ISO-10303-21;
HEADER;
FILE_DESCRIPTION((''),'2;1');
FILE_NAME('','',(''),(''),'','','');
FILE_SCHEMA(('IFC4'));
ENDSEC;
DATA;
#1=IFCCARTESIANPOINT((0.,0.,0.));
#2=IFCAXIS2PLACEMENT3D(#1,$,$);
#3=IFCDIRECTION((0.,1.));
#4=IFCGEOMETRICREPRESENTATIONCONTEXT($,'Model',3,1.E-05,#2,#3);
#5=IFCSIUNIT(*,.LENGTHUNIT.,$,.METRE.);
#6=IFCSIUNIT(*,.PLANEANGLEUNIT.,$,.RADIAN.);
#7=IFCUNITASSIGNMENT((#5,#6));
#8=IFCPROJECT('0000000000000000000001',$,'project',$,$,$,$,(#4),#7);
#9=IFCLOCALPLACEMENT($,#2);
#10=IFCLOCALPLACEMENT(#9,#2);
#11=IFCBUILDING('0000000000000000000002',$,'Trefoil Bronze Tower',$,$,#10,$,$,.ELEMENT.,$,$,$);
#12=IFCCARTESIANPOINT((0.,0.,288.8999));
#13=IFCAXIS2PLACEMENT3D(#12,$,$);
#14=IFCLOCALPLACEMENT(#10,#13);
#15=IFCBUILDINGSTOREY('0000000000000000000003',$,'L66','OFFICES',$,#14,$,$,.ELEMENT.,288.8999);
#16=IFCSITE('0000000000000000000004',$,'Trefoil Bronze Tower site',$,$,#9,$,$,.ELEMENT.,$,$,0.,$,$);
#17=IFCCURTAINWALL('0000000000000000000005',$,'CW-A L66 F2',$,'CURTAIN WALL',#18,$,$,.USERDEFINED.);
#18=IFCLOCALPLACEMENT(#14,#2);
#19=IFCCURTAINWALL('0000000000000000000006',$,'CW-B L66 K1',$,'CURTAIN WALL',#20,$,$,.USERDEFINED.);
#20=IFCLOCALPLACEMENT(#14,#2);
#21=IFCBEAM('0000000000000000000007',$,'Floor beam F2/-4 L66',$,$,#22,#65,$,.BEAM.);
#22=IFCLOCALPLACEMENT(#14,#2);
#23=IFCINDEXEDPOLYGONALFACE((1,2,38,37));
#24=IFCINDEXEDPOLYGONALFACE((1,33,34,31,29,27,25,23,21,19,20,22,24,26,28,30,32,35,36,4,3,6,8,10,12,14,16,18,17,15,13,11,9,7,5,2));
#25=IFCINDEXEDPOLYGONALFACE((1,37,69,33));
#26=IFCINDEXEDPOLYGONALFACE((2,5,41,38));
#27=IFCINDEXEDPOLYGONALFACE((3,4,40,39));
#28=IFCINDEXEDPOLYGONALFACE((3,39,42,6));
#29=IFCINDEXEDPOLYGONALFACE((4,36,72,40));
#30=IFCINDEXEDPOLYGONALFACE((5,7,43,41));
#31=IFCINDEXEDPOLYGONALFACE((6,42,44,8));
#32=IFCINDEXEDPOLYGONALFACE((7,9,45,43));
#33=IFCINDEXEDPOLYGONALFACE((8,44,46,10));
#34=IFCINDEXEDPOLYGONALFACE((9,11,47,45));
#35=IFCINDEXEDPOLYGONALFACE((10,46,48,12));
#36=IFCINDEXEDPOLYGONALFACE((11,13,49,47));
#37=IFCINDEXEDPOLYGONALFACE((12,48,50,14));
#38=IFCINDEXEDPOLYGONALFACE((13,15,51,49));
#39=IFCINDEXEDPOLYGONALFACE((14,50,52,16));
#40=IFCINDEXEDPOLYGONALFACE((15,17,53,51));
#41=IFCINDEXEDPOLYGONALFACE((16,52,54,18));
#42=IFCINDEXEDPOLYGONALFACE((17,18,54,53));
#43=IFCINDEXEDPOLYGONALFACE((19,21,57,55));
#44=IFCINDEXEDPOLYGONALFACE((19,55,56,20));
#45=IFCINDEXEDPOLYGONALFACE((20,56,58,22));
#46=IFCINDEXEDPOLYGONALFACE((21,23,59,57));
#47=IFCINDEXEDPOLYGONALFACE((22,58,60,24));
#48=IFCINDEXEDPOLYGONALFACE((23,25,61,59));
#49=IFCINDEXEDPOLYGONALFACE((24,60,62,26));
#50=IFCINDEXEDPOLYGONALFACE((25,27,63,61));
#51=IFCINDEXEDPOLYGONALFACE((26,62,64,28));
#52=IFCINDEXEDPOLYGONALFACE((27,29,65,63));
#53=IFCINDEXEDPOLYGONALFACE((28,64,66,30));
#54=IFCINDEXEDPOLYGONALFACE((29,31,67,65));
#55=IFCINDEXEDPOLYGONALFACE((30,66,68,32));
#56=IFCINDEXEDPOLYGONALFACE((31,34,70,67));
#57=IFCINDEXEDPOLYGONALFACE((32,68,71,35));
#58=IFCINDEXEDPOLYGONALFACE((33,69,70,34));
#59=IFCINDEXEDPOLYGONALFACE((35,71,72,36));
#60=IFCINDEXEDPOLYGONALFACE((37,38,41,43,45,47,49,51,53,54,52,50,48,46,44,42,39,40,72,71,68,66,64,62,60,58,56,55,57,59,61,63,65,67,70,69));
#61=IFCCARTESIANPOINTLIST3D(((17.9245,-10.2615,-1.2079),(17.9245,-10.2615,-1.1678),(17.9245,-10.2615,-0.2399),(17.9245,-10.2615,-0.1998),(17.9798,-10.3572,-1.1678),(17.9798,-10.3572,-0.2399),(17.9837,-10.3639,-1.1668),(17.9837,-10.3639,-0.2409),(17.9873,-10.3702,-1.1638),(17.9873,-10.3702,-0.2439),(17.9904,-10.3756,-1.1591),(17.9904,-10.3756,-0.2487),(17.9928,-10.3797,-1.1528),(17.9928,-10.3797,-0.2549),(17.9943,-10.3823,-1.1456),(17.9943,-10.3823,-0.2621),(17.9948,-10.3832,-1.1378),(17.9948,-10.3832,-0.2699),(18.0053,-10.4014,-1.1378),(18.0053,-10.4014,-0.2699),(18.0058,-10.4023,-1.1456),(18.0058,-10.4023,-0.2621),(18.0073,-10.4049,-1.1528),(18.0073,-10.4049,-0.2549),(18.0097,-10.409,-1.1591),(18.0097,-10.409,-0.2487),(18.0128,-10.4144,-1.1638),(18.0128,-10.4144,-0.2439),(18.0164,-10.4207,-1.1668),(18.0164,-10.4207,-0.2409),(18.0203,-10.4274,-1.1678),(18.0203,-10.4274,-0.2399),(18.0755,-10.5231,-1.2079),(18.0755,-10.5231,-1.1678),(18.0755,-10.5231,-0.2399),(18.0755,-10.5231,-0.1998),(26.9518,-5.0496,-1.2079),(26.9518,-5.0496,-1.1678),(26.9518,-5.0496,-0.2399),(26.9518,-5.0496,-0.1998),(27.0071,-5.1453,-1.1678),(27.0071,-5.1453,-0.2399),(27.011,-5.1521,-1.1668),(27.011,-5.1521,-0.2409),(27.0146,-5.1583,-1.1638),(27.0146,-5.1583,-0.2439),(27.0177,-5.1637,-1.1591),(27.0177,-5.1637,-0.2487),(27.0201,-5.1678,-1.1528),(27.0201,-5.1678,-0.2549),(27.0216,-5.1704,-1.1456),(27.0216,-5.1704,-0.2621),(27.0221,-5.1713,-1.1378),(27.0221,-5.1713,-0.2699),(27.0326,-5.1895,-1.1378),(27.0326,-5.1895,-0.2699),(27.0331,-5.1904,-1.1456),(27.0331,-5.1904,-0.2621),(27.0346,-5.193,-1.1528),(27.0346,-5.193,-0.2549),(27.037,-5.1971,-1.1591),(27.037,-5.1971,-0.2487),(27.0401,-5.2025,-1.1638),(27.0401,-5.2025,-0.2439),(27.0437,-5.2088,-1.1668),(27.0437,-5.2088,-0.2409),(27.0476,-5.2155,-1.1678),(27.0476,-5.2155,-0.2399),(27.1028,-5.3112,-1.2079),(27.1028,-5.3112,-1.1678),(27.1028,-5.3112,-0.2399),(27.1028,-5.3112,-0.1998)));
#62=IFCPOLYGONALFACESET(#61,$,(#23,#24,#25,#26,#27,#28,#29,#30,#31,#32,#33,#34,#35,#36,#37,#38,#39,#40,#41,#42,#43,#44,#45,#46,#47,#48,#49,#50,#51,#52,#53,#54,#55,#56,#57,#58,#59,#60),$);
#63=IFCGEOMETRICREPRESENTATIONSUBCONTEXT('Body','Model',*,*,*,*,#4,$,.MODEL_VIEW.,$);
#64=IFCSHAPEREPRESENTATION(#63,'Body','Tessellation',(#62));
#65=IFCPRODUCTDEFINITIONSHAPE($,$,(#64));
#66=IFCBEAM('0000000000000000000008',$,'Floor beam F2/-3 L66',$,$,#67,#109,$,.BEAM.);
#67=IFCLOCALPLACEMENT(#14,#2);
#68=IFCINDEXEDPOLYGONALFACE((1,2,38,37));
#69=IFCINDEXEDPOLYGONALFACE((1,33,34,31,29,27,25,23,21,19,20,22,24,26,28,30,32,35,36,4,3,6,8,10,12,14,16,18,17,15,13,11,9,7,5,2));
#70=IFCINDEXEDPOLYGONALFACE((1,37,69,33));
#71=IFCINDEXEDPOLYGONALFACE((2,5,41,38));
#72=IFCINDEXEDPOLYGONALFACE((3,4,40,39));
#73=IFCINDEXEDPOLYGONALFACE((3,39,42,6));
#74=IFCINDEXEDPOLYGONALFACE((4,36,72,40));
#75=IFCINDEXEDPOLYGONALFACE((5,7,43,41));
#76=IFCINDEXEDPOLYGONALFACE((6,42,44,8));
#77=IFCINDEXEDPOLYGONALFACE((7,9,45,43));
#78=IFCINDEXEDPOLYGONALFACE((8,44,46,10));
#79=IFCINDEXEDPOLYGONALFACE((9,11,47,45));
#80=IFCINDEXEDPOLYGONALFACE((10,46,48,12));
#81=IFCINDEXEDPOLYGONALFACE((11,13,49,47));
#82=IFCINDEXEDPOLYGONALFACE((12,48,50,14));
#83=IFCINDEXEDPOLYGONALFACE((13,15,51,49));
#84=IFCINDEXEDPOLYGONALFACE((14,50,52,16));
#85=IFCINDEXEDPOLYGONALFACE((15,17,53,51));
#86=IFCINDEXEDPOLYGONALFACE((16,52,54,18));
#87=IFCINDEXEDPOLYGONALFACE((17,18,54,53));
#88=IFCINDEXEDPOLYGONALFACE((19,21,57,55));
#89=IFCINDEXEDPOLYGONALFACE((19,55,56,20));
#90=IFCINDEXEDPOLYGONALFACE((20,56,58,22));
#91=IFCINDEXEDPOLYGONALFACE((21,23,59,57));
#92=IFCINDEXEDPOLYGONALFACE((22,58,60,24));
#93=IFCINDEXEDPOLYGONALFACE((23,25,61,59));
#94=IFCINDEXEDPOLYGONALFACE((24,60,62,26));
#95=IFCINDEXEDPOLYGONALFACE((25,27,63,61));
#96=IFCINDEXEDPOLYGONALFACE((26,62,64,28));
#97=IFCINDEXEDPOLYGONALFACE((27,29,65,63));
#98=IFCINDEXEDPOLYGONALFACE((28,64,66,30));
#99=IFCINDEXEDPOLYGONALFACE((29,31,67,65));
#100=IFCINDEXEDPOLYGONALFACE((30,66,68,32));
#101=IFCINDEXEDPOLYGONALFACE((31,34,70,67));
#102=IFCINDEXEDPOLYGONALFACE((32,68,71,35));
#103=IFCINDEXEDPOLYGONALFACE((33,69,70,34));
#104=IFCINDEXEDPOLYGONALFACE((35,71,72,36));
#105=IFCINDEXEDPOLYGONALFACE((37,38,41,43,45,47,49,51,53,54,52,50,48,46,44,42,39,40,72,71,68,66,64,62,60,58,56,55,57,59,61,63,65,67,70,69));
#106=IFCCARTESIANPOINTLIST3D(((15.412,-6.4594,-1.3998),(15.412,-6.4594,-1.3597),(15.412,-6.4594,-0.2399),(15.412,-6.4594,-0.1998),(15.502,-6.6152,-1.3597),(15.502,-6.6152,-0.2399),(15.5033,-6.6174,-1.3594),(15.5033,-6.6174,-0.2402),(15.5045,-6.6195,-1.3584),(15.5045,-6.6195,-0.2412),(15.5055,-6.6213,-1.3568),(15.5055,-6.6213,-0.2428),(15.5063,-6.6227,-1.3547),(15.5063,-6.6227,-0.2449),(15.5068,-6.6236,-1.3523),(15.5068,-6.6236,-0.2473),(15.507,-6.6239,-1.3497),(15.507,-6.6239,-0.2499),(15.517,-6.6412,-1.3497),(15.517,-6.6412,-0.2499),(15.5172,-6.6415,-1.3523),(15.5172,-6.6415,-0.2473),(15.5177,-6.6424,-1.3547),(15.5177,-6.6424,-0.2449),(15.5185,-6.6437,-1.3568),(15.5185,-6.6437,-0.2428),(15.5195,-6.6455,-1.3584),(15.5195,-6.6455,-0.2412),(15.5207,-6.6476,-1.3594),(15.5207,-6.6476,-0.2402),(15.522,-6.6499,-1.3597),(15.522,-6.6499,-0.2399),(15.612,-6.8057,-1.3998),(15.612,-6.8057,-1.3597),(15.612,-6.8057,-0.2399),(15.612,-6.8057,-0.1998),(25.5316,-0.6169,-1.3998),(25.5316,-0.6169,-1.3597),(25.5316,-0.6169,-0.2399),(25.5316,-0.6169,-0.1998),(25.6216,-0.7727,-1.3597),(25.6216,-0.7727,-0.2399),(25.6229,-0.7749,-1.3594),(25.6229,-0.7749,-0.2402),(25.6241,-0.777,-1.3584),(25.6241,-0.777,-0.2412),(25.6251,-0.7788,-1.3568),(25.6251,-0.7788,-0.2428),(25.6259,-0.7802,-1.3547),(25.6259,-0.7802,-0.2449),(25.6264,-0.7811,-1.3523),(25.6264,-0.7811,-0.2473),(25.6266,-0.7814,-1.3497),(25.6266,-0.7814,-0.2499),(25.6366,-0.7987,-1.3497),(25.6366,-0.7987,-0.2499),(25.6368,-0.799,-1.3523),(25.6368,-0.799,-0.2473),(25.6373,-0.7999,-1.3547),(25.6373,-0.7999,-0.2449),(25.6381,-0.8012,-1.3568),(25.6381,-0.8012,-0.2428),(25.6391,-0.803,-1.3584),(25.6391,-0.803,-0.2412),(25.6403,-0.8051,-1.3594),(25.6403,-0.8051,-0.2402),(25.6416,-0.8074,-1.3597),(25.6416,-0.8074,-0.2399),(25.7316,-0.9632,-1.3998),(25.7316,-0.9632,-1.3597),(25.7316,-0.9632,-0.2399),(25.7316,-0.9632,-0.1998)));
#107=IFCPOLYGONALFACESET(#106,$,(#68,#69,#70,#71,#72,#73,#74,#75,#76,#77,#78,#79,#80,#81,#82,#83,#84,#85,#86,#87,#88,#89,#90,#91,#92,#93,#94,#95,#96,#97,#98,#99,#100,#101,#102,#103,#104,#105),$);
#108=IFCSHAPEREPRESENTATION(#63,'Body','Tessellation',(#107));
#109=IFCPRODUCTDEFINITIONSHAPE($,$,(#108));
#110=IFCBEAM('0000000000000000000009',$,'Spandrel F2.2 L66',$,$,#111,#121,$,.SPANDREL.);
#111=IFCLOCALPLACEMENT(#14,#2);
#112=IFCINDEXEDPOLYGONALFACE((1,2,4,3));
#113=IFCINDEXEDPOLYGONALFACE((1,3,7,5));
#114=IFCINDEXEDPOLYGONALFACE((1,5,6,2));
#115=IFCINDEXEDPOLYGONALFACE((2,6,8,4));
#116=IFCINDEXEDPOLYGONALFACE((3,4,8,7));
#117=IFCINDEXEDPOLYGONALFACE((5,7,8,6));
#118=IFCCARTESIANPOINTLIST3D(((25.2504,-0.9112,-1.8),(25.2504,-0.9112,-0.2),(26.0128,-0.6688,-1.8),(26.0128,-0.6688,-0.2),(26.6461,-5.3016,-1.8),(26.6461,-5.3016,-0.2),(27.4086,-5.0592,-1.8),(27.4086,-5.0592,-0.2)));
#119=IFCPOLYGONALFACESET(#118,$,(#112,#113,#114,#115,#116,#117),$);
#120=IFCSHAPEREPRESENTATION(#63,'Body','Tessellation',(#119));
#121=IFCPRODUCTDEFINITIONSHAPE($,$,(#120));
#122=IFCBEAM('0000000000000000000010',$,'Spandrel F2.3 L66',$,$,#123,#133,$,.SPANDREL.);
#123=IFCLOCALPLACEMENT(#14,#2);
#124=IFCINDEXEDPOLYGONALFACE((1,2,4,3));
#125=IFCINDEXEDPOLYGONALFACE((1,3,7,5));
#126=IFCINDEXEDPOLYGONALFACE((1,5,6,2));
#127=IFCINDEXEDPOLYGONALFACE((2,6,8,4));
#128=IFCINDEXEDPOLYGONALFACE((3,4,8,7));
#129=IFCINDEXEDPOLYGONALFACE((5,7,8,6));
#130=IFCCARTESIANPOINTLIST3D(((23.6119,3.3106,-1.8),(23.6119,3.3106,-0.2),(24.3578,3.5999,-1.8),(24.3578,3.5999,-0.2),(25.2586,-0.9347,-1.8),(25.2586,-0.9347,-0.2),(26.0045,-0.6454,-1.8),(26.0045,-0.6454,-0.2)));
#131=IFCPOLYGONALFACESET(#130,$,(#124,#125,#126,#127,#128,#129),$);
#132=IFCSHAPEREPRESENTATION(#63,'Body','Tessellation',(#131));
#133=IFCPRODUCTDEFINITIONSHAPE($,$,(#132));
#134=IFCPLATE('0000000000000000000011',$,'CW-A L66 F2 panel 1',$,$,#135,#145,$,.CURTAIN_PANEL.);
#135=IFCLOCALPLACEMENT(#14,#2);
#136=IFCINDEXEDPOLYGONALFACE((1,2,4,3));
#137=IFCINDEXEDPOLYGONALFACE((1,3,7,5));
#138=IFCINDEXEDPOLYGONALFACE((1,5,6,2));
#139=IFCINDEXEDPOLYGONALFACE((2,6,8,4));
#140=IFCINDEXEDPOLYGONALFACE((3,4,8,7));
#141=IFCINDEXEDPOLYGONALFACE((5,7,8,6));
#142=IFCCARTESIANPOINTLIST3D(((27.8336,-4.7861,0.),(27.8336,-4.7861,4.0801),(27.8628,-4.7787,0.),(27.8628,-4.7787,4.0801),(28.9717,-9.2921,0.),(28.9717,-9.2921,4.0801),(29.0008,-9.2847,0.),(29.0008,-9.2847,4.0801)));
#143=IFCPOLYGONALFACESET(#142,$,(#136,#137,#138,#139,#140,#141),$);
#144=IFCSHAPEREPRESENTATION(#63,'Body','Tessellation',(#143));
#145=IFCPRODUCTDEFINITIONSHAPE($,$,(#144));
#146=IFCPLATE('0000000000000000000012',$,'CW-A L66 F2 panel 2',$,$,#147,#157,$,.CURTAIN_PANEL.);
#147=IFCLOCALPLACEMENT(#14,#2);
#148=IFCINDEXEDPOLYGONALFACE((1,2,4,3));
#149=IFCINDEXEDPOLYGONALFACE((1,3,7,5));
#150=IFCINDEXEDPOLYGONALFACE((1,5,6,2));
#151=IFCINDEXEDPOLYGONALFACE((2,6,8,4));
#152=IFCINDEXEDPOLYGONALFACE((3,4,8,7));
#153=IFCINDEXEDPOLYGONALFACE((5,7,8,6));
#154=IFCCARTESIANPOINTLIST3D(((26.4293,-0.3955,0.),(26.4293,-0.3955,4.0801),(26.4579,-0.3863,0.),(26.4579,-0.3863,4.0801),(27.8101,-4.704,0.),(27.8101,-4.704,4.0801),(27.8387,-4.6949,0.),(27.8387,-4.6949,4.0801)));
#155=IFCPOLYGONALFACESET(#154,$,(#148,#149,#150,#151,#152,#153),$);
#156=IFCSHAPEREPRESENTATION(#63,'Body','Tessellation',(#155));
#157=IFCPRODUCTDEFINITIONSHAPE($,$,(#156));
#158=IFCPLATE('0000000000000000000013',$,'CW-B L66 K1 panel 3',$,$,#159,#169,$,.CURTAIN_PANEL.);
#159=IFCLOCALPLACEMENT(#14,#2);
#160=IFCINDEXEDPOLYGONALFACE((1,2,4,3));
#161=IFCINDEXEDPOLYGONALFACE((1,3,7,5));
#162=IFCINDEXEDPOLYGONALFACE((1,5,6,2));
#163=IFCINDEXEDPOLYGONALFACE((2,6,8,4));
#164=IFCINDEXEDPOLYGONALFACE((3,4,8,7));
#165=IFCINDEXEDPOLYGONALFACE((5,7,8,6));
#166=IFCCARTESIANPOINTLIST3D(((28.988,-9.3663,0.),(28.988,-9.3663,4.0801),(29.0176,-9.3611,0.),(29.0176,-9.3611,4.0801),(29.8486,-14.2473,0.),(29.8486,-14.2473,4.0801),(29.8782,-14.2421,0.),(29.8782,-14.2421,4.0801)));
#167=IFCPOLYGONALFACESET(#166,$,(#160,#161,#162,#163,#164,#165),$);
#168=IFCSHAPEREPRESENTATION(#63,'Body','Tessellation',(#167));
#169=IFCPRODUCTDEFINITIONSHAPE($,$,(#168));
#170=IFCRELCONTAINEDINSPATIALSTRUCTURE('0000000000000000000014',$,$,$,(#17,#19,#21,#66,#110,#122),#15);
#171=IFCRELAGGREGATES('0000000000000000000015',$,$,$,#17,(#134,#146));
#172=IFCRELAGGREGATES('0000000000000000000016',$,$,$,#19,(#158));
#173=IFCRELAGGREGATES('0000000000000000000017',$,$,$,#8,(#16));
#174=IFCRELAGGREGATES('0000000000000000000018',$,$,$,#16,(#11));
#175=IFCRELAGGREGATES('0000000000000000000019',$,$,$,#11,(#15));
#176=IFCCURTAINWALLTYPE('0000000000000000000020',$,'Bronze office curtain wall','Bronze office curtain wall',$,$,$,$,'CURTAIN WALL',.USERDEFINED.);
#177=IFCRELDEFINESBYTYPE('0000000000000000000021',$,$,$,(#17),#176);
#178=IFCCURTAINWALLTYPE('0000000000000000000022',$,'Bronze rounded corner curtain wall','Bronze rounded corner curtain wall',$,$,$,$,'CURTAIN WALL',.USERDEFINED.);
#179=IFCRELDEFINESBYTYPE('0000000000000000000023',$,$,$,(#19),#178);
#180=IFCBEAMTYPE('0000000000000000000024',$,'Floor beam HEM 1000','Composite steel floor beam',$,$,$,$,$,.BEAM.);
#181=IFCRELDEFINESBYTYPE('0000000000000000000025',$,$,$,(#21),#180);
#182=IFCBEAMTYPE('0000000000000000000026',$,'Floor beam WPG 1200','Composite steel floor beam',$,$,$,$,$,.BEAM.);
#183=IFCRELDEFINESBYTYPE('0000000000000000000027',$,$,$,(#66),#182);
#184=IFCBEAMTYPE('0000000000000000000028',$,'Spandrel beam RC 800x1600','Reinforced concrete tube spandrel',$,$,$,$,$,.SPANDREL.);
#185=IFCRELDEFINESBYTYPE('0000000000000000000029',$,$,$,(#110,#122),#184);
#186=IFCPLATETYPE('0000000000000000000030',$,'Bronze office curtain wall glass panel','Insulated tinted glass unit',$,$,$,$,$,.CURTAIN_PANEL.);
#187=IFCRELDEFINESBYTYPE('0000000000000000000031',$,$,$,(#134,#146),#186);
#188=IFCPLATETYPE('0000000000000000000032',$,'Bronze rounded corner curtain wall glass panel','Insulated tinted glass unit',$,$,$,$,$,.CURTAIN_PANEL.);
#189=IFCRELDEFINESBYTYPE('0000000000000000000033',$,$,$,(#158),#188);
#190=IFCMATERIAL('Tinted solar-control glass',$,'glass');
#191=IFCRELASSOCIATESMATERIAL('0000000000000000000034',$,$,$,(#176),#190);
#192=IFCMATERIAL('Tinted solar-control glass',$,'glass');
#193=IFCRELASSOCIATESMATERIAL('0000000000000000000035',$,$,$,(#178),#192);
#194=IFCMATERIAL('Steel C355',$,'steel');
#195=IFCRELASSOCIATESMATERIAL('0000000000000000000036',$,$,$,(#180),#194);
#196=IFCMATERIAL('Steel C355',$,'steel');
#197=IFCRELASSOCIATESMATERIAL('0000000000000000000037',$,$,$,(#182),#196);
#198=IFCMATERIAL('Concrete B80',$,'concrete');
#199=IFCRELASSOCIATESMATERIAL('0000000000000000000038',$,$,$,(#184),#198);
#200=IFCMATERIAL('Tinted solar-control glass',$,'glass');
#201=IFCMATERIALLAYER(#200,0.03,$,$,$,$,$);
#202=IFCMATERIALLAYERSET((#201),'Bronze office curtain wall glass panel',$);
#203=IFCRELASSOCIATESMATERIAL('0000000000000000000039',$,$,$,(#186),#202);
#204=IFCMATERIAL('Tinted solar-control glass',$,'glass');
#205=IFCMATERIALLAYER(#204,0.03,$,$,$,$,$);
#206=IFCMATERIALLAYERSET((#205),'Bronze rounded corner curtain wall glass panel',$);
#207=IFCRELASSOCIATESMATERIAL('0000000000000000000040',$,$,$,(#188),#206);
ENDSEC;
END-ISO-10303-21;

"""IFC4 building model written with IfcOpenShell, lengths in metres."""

from ifc_helpers import new_model, si_unit, direction, frame, origin, origin_2d, place, context, subcontext, project, spatial, rectangle, i_section, extrude, material, layer, layer_set, material_profile, profile_set, type_object, element, aggregate, save


model = new_model("IFC4")

# Units and contexts
model_context = context("Model", 3, precision=1e-05, world=origin(), true_north=direction((0.0, 1.0)))
body_context = subcontext(model_context, "Body", "Model", "MODEL_VIEW")
ifc_project = project(units=[si_unit("LENGTHUNIT", "METRE"), si_unit("PLANEANGLEUNIT", "RADIAN")], contexts=[model_context])

# Site, building, storey
site_placement = place(None, origin())
site = spatial("IfcSite", under=ifc_project, at=site_placement, Name="Trefoil Bronze Tower site", CompositionType="ELEMENT", RefElevation=0.0)
building_placement = place(site_placement, origin())
building = spatial("IfcBuilding", under=site, at=building_placement, Name="Trefoil Bronze Tower", CompositionType="ELEMENT")
storey_placement = place(building_placement, frame((0.0, 0.0, 288.8999)))
storey = spatial("IfcBuildingStorey", under=building, at=storey_placement, Name="L66", Description="OFFICES", CompositionType="ELEMENT", Elevation=288.8999)

# Curtain walls
ifc_material_1 = material(Name="Tinted solar-control glass", Category="glass")
curtain_wall_type_1 = type_object("IfcCurtainWallType", Name="Bronze office curtain wall", Description="Bronze office curtain wall", ElementType="CURTAIN WALL", PredefinedType="USERDEFINED", material=ifc_material_1)
curtain_wall_1_placement = place(storey_placement, origin())
curtain_wall_1 = element("IfcCurtainWall", 1, at=curtain_wall_1_placement, inside=storey, type_object=curtain_wall_type_1, Name="CW-A L66 F2", ObjectType="CURTAIN WALL", PredefinedType="USERDEFINED")
ifc_material_2 = material(Name="Tinted solar-control glass", Category="glass")
curtain_wall_type_2 = type_object("IfcCurtainWallType", Name="Bronze rounded corner curtain wall", Description="Bronze rounded corner curtain wall", ElementType="CURTAIN WALL", PredefinedType="USERDEFINED", material=ifc_material_2)
curtain_wall_2_placement = place(storey_placement, origin())
curtain_wall_2 = element("IfcCurtainWall", 2, at=curtain_wall_2_placement, inside=storey, type_object=curtain_wall_type_2, Name="CW-B L66 K1", ObjectType="CURTAIN WALL", PredefinedType="USERDEFINED")

# Beams
ifc_material_3 = material(Name="Steel C355", Category="steel")
ifc_material_profile_1 = material_profile(ifc_material_3, i_section(OverallWidth=0.302, OverallDepth=1.0081, WebThickness=0.021, FlangeThickness=0.04, FilletRadius=0.03, at=origin_2d()), Name="HEM 1000")
ifc_profile_set_1 = profile_set([ifc_material_profile_1], Name="Steel C355")
beam_type_1 = type_object("IfcBeamType", Name="Floor beam HEM 1000", Description="Composite steel floor beam", PredefinedType="BEAM", material=ifc_profile_set_1)
beam_1_placement = place(storey_placement, frame((27.0273, -5.1804, -0.7039), z_axis=(-0.866026, -0.499998, 0.0), x_axis=(0.499998, -0.866026, 0.0)))
element("IfcBeam", 3, at=beam_1_placement, inside=storey, type_object=beam_type_1, Name="Floor beam F2/-4 L66", PredefinedType="BEAM", context=body_context, shape_type="SweptSolid", body=[
    extrude(i_section(OverallWidth=0.302, OverallDepth=1.0081, WebThickness=0.021, FlangeThickness=0.04, FilletRadius=0.03, at=origin_2d()), origin(), (0.0, 0.0, 1.0), 10.4238),
])
ifc_material_4 = material(Name="Steel C355", Category="steel")
ifc_material_profile_2 = material_profile(ifc_material_4, i_section(OverallWidth=0.3999, OverallDepth=1.2, WebThickness=0.02, FlangeThickness=0.04, FilletRadius=0.01, at=origin_2d()), Name="WPG 1200")
ifc_profile_set_2 = profile_set([ifc_material_profile_2], Name="Steel C355")
beam_type_2 = type_object("IfcBeamType", Name="Floor beam WPG 1200", Description="Composite steel floor beam", PredefinedType="BEAM", material=ifc_profile_set_2)
beam_2_placement = place(storey_placement, frame((25.6316, -0.79, -0.7998), z_axis=(-0.866027, -0.499997, 0.0), x_axis=(0.499997, -0.866027, 0.0)))
element("IfcBeam", 4, at=beam_2_placement, inside=storey, type_object=beam_type_2, Name="Floor beam F2/-3 L66", PredefinedType="BEAM", context=body_context, shape_type="SweptSolid", body=[
    extrude(i_section(OverallWidth=0.3999, OverallDepth=1.2, WebThickness=0.02, FlangeThickness=0.04, FilletRadius=0.01, at=origin_2d()), origin(), (0.0, 0.0, 1.0), 11.6851),
])
ifc_material_5 = material(Name="Concrete B80", Category="concrete")
ifc_material_profile_3 = material_profile(ifc_material_5, rectangle(XDim=0.8, YDim=1.6001, at=origin_2d()), Name="RC 800x1600")
ifc_profile_set_3 = profile_set([ifc_material_profile_3], Name="Concrete B80")
beam_type_3 = type_object("IfcBeamType", Name="Spandrel beam RC 800x1600", Description="Reinforced concrete tube spandrel", PredefinedType="SPANDREL", material=ifc_profile_set_3)
beam_3_placement = place(storey_placement, frame((27.0273, -5.1804, -1.0), z_axis=(-0.30297, 0.953, 0.0), x_axis=(-0.953, -0.30297, 0.0)))
element("IfcBeam", 5, at=beam_3_placement, inside=storey, type_object=beam_type_3, Name="Spandrel F2.2 L66", PredefinedType="SPANDREL", context=body_context, shape_type="SweptSolid", body=[
    extrude(rectangle(XDim=0.8, YDim=1.6001, at=origin_2d()), origin(), (0.0, 0.0, 1.0), 4.6069),
])
beam_4_placement = place(storey_placement, frame((25.6316, -0.79, -1.0), z_axis=(-0.361636, 0.932319, 0.0), x_axis=(-0.932319, -0.361636, 0.0)))
element("IfcBeam", 6, at=beam_4_placement, inside=storey, type_object=beam_type_3, Name="Spandrel F2.3 L66", PredefinedType="SPANDREL", context=body_context, shape_type="SweptSolid", body=[
    extrude(rectangle(XDim=0.8, YDim=1.6001, at=origin_2d()), origin(), (0.0, 0.0, 1.0), 4.5535),
])

# Plates
ifc_material_6 = material(Name="Tinted solar-control glass", Category="glass")
ifc_layer_1 = layer(ifc_material_6, 0.03)
ifc_layer_set_1 = layer_set([ifc_layer_1], Name="Bronze office curtain wall glass panel")
plate_type_1 = type_object("IfcPlateType", Name="Bronze office curtain wall glass panel", Description="Insulated tinted glass unit", PredefinedType="CURTAIN_PANEL", material=ifc_layer_set_1)
plate_1_placement = place(storey_placement, frame((28.4172, -7.0354, 0.0), z_axis=(0.0, 0.0, 1.0), x_axis=(-0.24488, 0.969554, 0.0)))
plate_1 = element("IfcPlate", 7, at=plate_1_placement, type_object=plate_type_1, Name="CW-A L66 F2 panel 1", PredefinedType="CURTAIN_PANEL", context=body_context, shape_type="SweptSolid", body=[
    extrude(rectangle(XDim=4.6475, YDim=0.03, at=origin_2d()), origin(), (0.0, 0.0, 1.0), 4.0801),
])
plate_2_placement = place(storey_placement, frame((27.134, -2.5452, 0.0), z_axis=(0.0, 0.0, 1.0), x_axis=(-0.305188, 0.952292, 0.0)))
plate_2 = element("IfcPlate", 8, at=plate_2_placement, type_object=plate_type_1, Name="CW-A L66 F2 panel 2", PredefinedType="CURTAIN_PANEL", context=body_context, shape_type="SweptSolid", body=[
    extrude(rectangle(XDim=4.5244, YDim=0.03, at=origin_2d()), origin(), (0.0, 0.0, 1.0), 4.0801),
])
aggregate(curtain_wall_1, [plate_1, plate_2])
ifc_material_7 = material(Name="Tinted solar-control glass", Category="glass")
ifc_layer_2 = layer(ifc_material_7, 0.03)
ifc_layer_set_2 = layer_set([ifc_layer_2], Name="Bronze rounded corner curtain wall glass panel")
plate_type_2 = type_object("IfcPlateType", Name="Bronze rounded corner curtain wall glass panel", Description="Insulated tinted glass unit", PredefinedType="CURTAIN_PANEL", material=ifc_layer_set_2)
plate_3_placement = place(storey_placement, frame((29.4331, -11.8042, 0.0), z_axis=(0.0, 0.0, 1.0), x_axis=(-0.173648, 0.984808, 0.0)))
plate_3 = element("IfcPlate", 9, at=plate_3_placement, type_object=plate_type_2, Name="CW-B L66 K1 panel 3", PredefinedType="CURTAIN_PANEL", context=body_context, shape_type="SweptSolid", body=[
    extrude(rectangle(XDim=4.9563, YDim=0.03, at=origin_2d()), origin(), (0.0, 0.0, 1.0), 4.0801),
])
aggregate(curtain_wall_2, [plate_3])

save(model, "model.ifc")
